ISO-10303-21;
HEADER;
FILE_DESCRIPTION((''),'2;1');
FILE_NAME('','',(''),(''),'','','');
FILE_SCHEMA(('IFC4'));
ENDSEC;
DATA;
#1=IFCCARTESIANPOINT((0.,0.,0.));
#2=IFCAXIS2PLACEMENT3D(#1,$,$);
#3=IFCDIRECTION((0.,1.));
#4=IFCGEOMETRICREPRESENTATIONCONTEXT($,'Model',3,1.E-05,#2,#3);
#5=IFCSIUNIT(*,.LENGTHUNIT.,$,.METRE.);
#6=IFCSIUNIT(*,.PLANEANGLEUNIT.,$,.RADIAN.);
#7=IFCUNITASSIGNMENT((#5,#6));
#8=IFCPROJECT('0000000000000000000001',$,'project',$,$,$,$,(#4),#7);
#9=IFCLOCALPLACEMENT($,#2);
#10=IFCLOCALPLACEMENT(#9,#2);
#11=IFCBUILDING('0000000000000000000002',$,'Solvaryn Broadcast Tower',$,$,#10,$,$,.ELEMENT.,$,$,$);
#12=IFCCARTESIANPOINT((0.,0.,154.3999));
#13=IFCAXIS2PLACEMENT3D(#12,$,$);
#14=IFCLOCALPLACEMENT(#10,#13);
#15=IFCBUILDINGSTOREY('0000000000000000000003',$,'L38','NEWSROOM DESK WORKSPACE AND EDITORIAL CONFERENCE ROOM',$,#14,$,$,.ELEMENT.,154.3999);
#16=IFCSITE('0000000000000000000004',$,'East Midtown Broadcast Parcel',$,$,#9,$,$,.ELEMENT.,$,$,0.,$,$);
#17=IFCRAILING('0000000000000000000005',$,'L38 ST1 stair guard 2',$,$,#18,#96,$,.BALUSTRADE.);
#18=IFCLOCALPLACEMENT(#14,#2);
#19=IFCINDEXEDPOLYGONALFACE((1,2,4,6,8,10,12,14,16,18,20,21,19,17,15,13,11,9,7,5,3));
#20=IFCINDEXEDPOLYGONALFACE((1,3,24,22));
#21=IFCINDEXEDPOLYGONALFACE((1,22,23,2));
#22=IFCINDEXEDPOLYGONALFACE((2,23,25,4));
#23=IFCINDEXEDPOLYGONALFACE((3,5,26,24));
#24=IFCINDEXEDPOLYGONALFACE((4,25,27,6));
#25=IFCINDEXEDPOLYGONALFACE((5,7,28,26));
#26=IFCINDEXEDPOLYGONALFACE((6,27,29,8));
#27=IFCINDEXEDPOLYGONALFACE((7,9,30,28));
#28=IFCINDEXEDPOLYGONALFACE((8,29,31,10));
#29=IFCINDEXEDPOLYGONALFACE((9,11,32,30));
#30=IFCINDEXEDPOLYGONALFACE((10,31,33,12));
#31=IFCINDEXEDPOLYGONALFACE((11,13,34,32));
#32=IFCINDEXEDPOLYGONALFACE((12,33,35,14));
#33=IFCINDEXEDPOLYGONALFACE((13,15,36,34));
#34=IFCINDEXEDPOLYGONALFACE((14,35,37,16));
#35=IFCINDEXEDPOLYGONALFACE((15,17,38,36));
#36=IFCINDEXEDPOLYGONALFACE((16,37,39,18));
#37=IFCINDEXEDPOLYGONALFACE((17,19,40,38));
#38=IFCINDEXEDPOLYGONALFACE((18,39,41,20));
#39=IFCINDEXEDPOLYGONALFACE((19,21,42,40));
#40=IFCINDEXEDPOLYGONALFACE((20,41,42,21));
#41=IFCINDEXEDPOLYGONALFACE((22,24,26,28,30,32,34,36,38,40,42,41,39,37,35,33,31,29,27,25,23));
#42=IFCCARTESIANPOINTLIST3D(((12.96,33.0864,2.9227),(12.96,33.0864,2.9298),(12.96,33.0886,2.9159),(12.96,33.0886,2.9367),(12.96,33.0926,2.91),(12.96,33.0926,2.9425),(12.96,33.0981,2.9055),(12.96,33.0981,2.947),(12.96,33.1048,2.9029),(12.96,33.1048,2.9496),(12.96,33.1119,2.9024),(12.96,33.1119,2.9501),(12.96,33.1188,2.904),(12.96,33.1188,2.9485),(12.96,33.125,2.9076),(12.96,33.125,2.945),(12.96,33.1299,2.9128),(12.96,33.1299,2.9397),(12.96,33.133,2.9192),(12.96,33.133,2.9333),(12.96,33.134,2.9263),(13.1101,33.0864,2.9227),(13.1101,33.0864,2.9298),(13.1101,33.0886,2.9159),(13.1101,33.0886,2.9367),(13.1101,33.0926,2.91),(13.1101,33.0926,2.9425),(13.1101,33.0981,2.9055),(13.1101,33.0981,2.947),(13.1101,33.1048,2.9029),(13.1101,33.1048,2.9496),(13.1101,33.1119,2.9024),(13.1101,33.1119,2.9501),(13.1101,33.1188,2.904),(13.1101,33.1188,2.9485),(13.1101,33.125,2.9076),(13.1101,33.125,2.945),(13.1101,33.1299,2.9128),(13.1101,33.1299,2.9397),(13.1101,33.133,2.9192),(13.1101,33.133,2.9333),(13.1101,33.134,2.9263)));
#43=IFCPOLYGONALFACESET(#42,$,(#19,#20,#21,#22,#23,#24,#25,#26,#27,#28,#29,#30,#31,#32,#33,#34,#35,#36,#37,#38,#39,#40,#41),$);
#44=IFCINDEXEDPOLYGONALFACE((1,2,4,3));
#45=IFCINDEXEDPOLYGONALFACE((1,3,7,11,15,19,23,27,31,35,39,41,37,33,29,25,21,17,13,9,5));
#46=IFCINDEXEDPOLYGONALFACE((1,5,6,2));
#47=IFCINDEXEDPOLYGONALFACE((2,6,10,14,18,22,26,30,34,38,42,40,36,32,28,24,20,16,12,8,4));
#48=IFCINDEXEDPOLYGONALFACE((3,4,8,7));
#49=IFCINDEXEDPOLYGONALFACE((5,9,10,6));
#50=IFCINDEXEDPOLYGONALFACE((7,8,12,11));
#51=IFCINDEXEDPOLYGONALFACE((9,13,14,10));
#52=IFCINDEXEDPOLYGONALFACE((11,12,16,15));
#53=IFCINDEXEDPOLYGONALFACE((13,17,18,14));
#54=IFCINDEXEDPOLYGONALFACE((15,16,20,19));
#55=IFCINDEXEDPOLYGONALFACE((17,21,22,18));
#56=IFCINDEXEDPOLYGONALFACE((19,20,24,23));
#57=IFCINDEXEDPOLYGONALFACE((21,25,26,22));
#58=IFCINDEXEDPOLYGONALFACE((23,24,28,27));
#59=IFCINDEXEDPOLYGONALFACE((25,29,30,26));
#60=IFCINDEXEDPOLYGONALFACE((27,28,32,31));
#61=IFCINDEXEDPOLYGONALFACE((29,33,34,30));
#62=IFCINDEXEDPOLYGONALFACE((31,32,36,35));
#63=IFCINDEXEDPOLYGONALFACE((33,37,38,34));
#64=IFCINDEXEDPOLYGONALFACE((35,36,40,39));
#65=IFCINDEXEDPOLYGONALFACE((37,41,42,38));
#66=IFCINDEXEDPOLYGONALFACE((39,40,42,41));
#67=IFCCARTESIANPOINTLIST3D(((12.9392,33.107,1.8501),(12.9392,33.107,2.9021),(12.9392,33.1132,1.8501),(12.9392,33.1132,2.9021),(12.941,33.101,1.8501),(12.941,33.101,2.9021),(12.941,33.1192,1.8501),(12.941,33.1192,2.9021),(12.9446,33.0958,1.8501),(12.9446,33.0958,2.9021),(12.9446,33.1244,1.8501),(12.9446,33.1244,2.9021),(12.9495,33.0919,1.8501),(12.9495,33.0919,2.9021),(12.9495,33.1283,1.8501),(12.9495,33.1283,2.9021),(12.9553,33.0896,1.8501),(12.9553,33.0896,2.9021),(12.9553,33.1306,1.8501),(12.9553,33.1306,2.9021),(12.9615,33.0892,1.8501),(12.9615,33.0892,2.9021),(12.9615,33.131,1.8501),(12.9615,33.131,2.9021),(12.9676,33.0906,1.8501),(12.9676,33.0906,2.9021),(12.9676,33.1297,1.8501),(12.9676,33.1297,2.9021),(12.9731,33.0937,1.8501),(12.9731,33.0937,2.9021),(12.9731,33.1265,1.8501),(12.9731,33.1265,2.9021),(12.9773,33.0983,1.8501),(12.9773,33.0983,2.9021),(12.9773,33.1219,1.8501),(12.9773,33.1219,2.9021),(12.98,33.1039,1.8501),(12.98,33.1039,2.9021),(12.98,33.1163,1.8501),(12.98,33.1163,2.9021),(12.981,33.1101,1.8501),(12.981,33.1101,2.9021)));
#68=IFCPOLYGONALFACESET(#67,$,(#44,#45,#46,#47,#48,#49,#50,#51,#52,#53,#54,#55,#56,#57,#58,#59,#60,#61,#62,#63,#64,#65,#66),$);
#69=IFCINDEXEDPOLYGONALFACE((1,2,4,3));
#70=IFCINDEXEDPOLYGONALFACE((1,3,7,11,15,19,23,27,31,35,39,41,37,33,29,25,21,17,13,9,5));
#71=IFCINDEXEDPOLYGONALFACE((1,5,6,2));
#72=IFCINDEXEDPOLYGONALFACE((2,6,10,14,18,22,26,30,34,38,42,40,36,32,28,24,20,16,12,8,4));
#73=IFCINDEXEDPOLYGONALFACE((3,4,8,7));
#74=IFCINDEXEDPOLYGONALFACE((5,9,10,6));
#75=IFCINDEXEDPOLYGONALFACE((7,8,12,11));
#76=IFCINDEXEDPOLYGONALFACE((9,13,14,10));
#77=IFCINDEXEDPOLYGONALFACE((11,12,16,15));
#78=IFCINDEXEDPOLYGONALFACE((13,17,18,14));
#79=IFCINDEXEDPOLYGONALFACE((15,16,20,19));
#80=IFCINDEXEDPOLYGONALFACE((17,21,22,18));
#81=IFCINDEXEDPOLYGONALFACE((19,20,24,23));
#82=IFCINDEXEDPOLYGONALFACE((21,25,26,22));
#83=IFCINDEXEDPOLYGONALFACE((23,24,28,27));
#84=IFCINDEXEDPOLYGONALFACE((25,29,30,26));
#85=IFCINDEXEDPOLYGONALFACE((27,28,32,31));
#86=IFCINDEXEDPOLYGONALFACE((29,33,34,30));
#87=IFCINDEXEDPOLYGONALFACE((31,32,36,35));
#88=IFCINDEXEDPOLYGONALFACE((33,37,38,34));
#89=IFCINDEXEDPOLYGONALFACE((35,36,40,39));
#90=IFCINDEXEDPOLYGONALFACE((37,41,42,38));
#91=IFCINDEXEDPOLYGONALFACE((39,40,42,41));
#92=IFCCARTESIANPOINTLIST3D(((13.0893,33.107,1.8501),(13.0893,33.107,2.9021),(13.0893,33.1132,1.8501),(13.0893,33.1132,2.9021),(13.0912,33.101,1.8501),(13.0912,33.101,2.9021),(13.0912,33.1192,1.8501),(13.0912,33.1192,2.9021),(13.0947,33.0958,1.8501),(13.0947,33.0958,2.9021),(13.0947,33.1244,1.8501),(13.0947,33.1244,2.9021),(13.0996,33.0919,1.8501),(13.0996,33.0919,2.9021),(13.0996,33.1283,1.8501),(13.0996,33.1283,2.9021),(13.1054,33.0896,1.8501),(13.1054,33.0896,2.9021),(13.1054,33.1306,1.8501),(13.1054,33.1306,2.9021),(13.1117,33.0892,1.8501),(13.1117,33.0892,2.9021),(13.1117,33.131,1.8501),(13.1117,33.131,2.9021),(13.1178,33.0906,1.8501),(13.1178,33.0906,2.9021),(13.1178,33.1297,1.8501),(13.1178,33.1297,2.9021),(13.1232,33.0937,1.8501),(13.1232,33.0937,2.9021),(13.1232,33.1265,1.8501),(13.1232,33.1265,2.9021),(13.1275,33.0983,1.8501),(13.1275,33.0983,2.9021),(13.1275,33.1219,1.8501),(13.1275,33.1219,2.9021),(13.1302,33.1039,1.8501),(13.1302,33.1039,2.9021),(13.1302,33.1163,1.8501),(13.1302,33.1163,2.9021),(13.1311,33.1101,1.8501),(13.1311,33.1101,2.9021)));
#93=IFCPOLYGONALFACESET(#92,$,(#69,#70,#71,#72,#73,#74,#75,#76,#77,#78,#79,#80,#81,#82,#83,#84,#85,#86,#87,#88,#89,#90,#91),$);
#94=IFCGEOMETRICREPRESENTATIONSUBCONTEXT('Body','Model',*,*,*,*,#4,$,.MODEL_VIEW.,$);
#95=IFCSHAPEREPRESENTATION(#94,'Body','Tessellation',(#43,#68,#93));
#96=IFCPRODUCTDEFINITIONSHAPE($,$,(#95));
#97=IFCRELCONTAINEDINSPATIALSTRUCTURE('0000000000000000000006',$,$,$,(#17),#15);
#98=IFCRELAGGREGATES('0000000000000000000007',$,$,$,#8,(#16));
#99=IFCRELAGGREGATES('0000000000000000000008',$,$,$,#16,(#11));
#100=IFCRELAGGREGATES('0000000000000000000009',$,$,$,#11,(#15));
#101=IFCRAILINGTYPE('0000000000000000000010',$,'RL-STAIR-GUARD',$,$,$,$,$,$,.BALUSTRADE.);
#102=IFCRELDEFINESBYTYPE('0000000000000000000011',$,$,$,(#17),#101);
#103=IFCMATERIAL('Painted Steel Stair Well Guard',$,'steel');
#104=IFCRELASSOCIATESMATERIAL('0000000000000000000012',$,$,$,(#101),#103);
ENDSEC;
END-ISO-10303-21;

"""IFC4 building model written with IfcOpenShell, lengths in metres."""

from ifc_helpers import new_model, si_unit, direction, frame, origin, origin_2d, place, context, subcontext, project, spatial, circle, extrude, material, type_object, element, save


model = new_model("IFC4")

# Units and contexts
model_context = context("Model", 3, precision=1e-05, world=origin(), true_north=direction((0.0, 1.0)))
body_context = subcontext(model_context, "Body", "Model", "MODEL_VIEW")
ifc_project = project(units=[si_unit("LENGTHUNIT", "METRE"), si_unit("PLANEANGLEUNIT", "RADIAN")], contexts=[model_context])

# Site, building, storey
site_placement = place(None, origin())
site = spatial("IfcSite", under=ifc_project, at=site_placement, Name="East Midtown Broadcast Parcel", CompositionType="ELEMENT", RefElevation=0.0)
building_placement = place(site_placement, origin())
building = spatial("IfcBuilding", under=site, at=building_placement, Name="Solvaryn Broadcast Tower", CompositionType="ELEMENT")
storey_placement = place(building_placement, frame((0.0, 0.0, 154.3999)))
storey = spatial("IfcBuildingStorey", under=building, at=storey_placement, Name="L38", Description="NEWSROOM DESK WORKSPACE AND EDITORIAL CONFERENCE ROOM", CompositionType="ELEMENT", Elevation=154.3999)

# Railing
ifc_material_1 = material(Name="Painted Steel Stair Well Guard", Category="steel")
railing_type_1 = type_object("IfcRailingType", Name="RL-STAIR-GUARD", PredefinedType="BALUSTRADE", material=ifc_material_1)
railing_1_placement = place(storey_placement, frame((12.96, 33.1101, 1.8501)))
element("IfcRailing", 1, at=railing_1_placement, inside=storey, type_object=railing_type_1, Name="L38 ST1 stair guard 2", PredefinedType="BALUSTRADE", context=body_context, shape_type="SweptSolid", body=[
    extrude(circle(Radius=0.0239, at=origin_2d()), frame((0.0, 0.0, 1.0762), z_axis=(1.0, 0.0, 0.0), x_axis=(0.0, 1.0, 0.0)), (0.0, 0.0, 1.0), 0.1501),
    extrude(circle(Radius=0.021, at=origin_2d()), origin(), (0.0, 0.0, 1.0), 1.052),
    extrude(circle(Radius=0.021, at=origin_2d()), frame((0.1501, 0.0, 0.0)), (0.0, 0.0, 1.0), 1.052),
])

save(model, "model.ifc")
